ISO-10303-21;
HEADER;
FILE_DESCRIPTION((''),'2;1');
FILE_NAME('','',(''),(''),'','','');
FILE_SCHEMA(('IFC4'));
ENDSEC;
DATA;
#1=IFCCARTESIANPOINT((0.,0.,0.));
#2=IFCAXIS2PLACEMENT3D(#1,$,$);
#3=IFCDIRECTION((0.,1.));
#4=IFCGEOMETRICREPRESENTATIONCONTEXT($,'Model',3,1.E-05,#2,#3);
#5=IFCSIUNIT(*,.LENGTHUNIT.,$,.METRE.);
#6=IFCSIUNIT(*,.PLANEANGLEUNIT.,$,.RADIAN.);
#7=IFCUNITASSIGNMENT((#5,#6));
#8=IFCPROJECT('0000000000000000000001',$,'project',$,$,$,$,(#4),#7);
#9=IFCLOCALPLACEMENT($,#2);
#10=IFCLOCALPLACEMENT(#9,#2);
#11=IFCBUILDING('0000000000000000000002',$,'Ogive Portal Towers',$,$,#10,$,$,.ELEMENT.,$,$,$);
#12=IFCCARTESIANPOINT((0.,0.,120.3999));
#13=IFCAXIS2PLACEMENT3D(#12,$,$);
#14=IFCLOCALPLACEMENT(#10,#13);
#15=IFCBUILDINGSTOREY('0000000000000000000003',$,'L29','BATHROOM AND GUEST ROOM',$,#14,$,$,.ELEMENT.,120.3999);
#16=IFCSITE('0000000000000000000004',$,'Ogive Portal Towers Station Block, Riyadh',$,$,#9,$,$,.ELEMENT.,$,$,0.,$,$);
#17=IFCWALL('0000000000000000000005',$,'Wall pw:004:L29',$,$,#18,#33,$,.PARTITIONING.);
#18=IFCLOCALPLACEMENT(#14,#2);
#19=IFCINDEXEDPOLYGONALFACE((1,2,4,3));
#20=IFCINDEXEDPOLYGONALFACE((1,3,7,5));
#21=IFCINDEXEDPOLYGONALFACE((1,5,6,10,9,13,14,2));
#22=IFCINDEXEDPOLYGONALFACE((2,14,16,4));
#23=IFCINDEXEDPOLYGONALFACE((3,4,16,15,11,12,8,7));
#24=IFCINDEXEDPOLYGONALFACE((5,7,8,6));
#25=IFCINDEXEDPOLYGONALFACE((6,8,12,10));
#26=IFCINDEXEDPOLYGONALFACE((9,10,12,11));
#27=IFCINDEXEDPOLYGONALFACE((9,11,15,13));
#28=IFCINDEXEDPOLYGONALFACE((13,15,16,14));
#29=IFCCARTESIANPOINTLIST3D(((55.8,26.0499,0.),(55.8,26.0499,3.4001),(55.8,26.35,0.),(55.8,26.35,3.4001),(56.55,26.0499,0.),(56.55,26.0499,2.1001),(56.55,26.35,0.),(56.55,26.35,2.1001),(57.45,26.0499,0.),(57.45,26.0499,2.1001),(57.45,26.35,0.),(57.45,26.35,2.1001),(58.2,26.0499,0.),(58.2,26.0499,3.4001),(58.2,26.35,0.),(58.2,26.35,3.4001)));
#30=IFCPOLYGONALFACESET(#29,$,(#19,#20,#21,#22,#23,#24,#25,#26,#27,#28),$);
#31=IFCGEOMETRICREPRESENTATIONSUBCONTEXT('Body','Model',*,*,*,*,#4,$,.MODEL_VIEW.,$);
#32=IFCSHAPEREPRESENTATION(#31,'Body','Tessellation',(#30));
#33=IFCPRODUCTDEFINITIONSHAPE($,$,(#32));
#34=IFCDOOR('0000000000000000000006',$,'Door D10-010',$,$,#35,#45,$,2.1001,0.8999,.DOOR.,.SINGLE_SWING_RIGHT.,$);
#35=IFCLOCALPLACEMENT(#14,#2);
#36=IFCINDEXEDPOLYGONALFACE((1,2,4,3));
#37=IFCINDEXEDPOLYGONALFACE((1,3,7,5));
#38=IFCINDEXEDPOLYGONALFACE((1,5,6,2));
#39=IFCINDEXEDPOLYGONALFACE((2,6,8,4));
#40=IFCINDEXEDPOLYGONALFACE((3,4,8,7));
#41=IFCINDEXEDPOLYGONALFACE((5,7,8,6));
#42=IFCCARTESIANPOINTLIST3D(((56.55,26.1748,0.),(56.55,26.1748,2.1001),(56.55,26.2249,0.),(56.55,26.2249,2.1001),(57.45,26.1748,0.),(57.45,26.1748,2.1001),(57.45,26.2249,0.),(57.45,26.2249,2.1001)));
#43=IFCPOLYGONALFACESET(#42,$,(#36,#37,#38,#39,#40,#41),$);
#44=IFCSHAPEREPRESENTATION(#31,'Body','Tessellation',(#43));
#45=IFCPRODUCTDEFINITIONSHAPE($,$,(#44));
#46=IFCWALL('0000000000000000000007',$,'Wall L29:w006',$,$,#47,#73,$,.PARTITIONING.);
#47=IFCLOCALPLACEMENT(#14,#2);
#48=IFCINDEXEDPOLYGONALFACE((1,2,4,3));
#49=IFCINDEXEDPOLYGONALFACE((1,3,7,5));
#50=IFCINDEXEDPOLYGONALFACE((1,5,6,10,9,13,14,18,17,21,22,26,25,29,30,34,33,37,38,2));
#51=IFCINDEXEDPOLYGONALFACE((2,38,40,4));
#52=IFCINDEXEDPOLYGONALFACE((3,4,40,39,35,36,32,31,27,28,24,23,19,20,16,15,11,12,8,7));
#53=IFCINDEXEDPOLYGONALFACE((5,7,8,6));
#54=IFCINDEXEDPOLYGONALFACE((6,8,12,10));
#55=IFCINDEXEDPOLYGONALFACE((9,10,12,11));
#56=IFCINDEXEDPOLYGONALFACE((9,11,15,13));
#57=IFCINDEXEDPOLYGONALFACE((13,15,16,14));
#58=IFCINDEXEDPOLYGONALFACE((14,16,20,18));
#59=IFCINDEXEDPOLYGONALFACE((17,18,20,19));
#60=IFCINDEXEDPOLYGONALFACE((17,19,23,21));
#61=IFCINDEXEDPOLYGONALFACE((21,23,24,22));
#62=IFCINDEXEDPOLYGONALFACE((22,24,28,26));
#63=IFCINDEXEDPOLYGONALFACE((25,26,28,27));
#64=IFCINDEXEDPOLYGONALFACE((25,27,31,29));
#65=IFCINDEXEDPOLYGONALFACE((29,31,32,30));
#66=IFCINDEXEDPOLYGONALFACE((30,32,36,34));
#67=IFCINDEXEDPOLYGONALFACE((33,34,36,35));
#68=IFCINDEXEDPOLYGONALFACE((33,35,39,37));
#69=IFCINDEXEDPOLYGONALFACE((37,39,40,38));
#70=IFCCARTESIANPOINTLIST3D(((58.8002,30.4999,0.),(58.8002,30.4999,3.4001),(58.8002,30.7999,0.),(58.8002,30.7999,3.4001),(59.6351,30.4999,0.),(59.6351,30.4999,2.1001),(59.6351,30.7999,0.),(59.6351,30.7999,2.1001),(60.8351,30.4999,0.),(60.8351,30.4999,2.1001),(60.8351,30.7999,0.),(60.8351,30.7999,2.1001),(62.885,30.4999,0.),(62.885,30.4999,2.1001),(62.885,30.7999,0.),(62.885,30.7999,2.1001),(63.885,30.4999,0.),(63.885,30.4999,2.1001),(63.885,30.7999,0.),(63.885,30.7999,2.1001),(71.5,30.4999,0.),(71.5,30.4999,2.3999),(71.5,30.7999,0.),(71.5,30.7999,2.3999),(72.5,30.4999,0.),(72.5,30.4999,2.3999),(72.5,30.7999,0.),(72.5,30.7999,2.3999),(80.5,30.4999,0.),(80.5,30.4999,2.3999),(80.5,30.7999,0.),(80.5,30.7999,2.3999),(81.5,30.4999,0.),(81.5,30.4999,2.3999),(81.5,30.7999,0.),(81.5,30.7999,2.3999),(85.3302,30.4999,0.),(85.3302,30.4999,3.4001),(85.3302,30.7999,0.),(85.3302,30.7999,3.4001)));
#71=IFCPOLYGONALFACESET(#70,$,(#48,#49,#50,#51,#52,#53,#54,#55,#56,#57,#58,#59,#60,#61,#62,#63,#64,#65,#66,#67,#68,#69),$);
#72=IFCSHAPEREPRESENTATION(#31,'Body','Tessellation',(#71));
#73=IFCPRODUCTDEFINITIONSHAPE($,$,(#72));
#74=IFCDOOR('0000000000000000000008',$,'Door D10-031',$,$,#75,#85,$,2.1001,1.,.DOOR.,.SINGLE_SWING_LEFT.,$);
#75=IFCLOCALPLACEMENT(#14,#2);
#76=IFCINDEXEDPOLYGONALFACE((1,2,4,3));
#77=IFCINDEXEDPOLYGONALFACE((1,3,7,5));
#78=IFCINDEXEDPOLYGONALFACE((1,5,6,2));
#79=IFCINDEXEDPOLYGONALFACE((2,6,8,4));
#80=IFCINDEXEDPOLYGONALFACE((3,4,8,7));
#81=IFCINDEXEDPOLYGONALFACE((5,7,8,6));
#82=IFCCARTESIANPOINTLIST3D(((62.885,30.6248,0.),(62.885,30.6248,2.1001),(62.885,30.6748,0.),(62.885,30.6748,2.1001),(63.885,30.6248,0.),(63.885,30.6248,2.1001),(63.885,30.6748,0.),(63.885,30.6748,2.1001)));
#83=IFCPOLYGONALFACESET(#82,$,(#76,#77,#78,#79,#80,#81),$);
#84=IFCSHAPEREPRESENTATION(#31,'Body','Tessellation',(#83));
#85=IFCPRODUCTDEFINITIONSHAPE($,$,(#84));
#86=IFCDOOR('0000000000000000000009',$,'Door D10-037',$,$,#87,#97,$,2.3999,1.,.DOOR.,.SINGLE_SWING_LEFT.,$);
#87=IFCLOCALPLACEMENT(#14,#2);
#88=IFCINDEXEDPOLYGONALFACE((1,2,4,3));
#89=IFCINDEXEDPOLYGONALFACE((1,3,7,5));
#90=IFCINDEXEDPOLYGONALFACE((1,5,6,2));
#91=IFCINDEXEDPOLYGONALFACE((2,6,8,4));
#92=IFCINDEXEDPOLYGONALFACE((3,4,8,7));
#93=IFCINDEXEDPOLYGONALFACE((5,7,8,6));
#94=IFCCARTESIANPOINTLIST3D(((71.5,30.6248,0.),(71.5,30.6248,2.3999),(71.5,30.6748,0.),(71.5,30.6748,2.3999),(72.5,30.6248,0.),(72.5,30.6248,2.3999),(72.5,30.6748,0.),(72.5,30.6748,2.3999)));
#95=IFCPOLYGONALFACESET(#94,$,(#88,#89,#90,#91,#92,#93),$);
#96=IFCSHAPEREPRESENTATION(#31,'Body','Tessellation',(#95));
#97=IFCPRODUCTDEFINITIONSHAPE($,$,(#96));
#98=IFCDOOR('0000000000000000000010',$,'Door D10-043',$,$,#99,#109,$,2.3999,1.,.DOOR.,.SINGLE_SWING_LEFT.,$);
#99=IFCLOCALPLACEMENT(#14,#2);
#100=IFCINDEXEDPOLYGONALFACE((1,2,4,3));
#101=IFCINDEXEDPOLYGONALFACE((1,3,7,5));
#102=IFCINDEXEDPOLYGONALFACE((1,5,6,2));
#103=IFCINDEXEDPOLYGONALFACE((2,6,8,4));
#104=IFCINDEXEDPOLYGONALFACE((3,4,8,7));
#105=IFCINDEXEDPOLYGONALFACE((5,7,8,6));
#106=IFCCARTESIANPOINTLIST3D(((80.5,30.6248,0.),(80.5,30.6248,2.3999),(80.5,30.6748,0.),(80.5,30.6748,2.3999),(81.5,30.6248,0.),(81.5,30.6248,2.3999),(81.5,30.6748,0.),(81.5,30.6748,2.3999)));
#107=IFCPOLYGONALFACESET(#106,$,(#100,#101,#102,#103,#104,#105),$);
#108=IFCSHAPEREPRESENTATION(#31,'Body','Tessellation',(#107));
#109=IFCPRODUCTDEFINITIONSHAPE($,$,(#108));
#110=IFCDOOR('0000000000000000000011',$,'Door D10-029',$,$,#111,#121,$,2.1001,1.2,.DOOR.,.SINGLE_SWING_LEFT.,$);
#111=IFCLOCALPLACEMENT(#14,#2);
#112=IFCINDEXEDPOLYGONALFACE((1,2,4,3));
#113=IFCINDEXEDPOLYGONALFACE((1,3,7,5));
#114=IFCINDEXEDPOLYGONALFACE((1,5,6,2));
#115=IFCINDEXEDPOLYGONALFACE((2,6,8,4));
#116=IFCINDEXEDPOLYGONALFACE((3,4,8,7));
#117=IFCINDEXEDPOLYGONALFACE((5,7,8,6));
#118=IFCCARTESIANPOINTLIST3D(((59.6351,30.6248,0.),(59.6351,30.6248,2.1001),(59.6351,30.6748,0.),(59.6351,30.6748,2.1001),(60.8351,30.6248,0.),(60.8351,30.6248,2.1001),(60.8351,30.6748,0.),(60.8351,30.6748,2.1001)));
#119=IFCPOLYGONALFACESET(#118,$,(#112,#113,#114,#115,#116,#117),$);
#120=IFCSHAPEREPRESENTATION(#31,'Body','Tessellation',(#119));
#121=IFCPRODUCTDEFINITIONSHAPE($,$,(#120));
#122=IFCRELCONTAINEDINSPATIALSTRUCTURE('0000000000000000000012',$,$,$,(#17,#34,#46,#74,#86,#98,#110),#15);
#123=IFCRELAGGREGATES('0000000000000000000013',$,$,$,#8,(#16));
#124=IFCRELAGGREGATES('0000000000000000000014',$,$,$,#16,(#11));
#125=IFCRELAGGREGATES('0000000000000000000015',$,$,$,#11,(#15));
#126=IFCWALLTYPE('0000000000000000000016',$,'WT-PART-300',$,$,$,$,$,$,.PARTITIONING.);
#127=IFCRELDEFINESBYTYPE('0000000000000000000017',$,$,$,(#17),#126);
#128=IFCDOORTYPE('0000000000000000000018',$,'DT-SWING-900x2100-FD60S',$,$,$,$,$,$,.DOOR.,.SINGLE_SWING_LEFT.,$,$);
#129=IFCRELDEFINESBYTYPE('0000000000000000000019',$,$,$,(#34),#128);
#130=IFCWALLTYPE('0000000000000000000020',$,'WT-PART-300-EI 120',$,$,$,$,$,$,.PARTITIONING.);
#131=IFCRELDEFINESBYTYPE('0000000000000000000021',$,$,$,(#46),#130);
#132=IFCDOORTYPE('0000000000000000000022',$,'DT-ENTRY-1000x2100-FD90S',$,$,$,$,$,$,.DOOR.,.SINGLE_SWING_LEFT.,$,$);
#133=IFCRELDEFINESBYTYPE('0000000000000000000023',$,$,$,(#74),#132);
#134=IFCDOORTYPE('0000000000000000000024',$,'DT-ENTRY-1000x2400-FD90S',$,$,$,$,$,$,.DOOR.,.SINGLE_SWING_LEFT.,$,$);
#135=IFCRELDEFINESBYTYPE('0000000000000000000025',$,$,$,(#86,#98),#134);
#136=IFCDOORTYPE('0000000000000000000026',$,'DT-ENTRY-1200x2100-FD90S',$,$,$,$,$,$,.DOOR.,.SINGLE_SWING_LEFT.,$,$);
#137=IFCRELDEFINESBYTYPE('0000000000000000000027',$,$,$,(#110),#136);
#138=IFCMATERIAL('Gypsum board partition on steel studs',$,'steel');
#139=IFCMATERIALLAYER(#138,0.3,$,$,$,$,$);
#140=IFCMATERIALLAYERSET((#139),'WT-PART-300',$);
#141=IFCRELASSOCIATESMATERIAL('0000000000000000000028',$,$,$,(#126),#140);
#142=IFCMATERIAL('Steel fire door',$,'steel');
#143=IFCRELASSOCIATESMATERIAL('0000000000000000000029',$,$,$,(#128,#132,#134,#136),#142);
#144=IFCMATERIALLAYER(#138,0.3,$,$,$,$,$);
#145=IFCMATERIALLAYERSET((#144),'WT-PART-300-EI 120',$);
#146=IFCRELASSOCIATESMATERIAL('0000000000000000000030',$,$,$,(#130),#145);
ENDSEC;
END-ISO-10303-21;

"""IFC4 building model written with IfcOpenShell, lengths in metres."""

from ifc_helpers import new_model, si_unit, direction, frame, frame_2d, origin, place, context, subcontext, project, spatial, rectangle, extrude, material, layer, layer_set, type_object, element, fill, save


model = new_model("IFC4")

# Units and contexts
model_context = context("Model", 3, precision=1e-05, world=origin(), true_north=direction((0.0, 1.0)))
body_context = subcontext(model_context, "Body", "Model", "MODEL_VIEW")
ifc_project = project(units=[si_unit("LENGTHUNIT", "METRE"), si_unit("PLANEANGLEUNIT", "RADIAN")], contexts=[model_context])

# Site, building, storey
site_placement = place(None, origin())
site = spatial("IfcSite", under=ifc_project, at=site_placement, Name="Ogive Portal Towers Station Block, Riyadh", CompositionType="ELEMENT", RefElevation=0.0)
building_placement = place(site_placement, origin())
building = spatial("IfcBuilding", under=site, at=building_placement, Name="Ogive Portal Towers", CompositionType="ELEMENT")
storey_placement = place(building_placement, frame((0.0, 0.0, 120.3999)))
storey = spatial("IfcBuildingStorey", under=building, at=storey_placement, Name="L29", Description="BATHROOM AND GUEST ROOM", CompositionType="ELEMENT", Elevation=120.3999)

# Wall, opening, door
ifc_material_1 = material(Name="Gypsum board partition on steel studs", Category="steel")
ifc_layer_1 = layer(ifc_material_1, 0.3)
ifc_layer_set_1 = layer_set([ifc_layer_1], Name="WT-PART-300")
wall_type_1 = type_object("IfcWallType", Name="WT-PART-300", PredefinedType="PARTITIONING", material=ifc_layer_set_1)
wall_1_placement = place(storey_placement, frame((55.8, 26.2, 0.0), z_axis=(0.0, 0.0, 1.0), x_axis=(1.0, 0.0, 0.0)))
wall_1 = element("IfcWall", 1, at=wall_1_placement, inside=storey, type_object=wall_type_1, Name="Wall pw:004:L29", PredefinedType="PARTITIONING", context=body_context, shape_type="SweptSolid", body=[
    extrude(rectangle(XDim=2.3999, YDim=0.3, at=frame_2d((1.2, 0.0))), origin(), (0.0, 0.0, 1.0), 3.4001),
])
opening_1_placement = place(wall_1_placement, frame((0.75, 0.0, 0.0)))
opening_1 = element("IfcOpeningElement", 2, at=opening_1_placement, cuts=wall_1, PredefinedType="OPENING", context=body_context, shape_type="SweptSolid", body=[
    extrude(rectangle(XDim=0.8999, YDim=2.1001, at=frame_2d((0.45, 1.05))), frame((0.0, 0.1602, 0.0), z_axis=(0.0, -1.0, 0.0), x_axis=(1.0, 0.0, 0.0)), (0.0, 0.0, 1.0), 0.3201),
])
ifc_material_2 = material(Name="Steel fire door", Category="steel")
door_type_1 = type_object("IfcDoorType", Name="DT-SWING-900x2100-FD60S", OperationType="SINGLE_SWING_LEFT", PredefinedType="DOOR", material=ifc_material_2)
door_1_placement = place(opening_1_placement, origin())
door_1 = element("IfcDoor", 3, at=door_1_placement, inside=storey, type_object=door_type_1, Name="Door D10-010", OperationType="SINGLE_SWING_RIGHT", OverallHeight=2.1001, OverallWidth=0.8999, PredefinedType="DOOR", context=body_context, shape_type="SweptSolid", body=[
    extrude(rectangle(XDim=0.8999, YDim=2.1001, at=frame_2d((0.45, 1.05))), frame((0.0, 0.0249, 0.0), z_axis=(0.0, -1.0, 0.0), x_axis=(1.0, 0.0, 0.0)), (0.0, 0.0, 1.0), 0.05),
])
fill(opening_1, door_1)

# Wall, openings, doors
ifc_layer_2 = layer(ifc_material_1, 0.3)
ifc_layer_set_2 = layer_set([ifc_layer_2], Name="WT-PART-300-EI 120")
wall_type_2 = type_object("IfcWallType", Name="WT-PART-300-EI 120", PredefinedType="PARTITIONING", material=ifc_layer_set_2)
wall_2_placement = place(storey_placement, frame((58.8, 30.6499, 0.0), z_axis=(0.0, 0.0, 1.0), x_axis=(1.0, 0.0, 0.0)))
wall_2 = element("IfcWall", 4, at=wall_2_placement, inside=storey, type_object=wall_type_2, Name="Wall L29:w006", PredefinedType="PARTITIONING", context=body_context, shape_type="SweptSolid", body=[
    extrude(rectangle(XDim=26.53, YDim=0.3, at=frame_2d((13.2651, 0.0))), origin(), (0.0, 0.0, 1.0), 3.4001),
])
opening_2_placement = place(wall_2_placement, frame((0.835, 0.0, 0.0)))
opening_2 = element("IfcOpeningElement", 5, at=opening_2_placement, cuts=wall_2, PredefinedType="OPENING", context=body_context, shape_type="SweptSolid", body=[
    extrude(rectangle(XDim=1.2, YDim=2.1001, at=frame_2d((0.6001, 1.05))), frame((0.0, 0.1602, 0.0), z_axis=(0.0, -1.0, 0.0), x_axis=(1.0, 0.0, 0.0)), (0.0, 0.0, 1.0), 0.3201),
])
opening_3_placement = place(wall_2_placement, frame((4.085, 0.0, 0.0)))
opening_3 = element("IfcOpeningElement", 6, at=opening_3_placement, cuts=wall_2, PredefinedType="OPENING", context=body_context, shape_type="SweptSolid", body=[
    extrude(rectangle(XDim=1.0, YDim=2.1001, at=frame_2d((0.5, 1.05))), frame((0.0, 0.1602, 0.0), z_axis=(0.0, -1.0, 0.0), x_axis=(1.0, 0.0, 0.0)), (0.0, 0.0, 1.0), 0.3201),
])
opening_4_placement = place(wall_2_placement, frame((12.7, 0.0, 0.0)))
opening_4 = element("IfcOpeningElement", 7, at=opening_4_placement, cuts=wall_2, PredefinedType="OPENING", context=body_context, shape_type="SweptSolid", body=[
    extrude(rectangle(XDim=1.0, YDim=2.3999, at=frame_2d((0.5, 1.2))), frame((0.0, 0.1602, 0.0), z_axis=(0.0, -1.0, 0.0), x_axis=(1.0, 0.0, 0.0)), (0.0, 0.0, 1.0), 0.3201),
])
opening_5_placement = place(wall_2_placement, frame((21.7, 0.0, 0.0)))
opening_5 = element("IfcOpeningElement", 8, at=opening_5_placement, cuts=wall_2, PredefinedType="OPENING", context=body_context, shape_type="SweptSolid", body=[
    extrude(rectangle(XDim=1.0, YDim=2.3999, at=frame_2d((0.5, 1.2))), frame((0.0, 0.1602, 0.0), z_axis=(0.0, -1.0, 0.0), x_axis=(1.0, 0.0, 0.0)), (0.0, 0.0, 1.0), 0.3201),
])
door_type_2 = type_object("IfcDoorType", Name="DT-ENTRY-1000x2100-FD90S", OperationType="SINGLE_SWING_LEFT", PredefinedType="DOOR", material=ifc_material_2)
door_2_placement = place(opening_3_placement, origin())
door_2 = element("IfcDoor", 9, at=door_2_placement, inside=storey, type_object=door_type_2, Name="Door D10-031", OperationType="SINGLE_SWING_LEFT", OverallHeight=2.1001, OverallWidth=1.0, PredefinedType="DOOR", context=body_context, shape_type="SweptSolid", body=[
    extrude(rectangle(XDim=1.0, YDim=2.1001, at=frame_2d((0.5, 1.05))), frame((0.0, 0.0249, 0.0), z_axis=(0.0, -1.0, 0.0), x_axis=(1.0, 0.0, 0.0)), (0.0, 0.0, 1.0), 0.05),
])
fill(opening_3, door_2)
door_type_3 = type_object("IfcDoorType", Name="DT-ENTRY-1000x2400-FD90S", OperationType="SINGLE_SWING_LEFT", PredefinedType="DOOR", material=ifc_material_2)
door_3_placement = place(opening_4_placement, origin())
door_3 = element("IfcDoor", 10, at=door_3_placement, inside=storey, type_object=door_type_3, Name="Door D10-037", OperationType="SINGLE_SWING_LEFT", OverallHeight=2.3999, OverallWidth=1.0, PredefinedType="DOOR", context=body_context, shape_type="SweptSolid", body=[
    extrude(rectangle(XDim=1.0, YDim=2.3999, at=frame_2d((0.5, 1.2))), frame((0.0, 0.0249, 0.0), z_axis=(0.0, -1.0, 0.0), x_axis=(1.0, 0.0, 0.0)), (0.0, 0.0, 1.0), 0.05),
])
fill(opening_4, door_3)
door_4_placement = place(opening_5_placement, origin())
door_4 = element("IfcDoor", 11, at=door_4_placement, inside=storey, type_object=door_type_3, Name="Door D10-043", OperationType="SINGLE_SWING_LEFT", OverallHeight=2.3999, OverallWidth=1.0, PredefinedType="DOOR", context=body_context, shape_type="SweptSolid", body=[
    extrude(rectangle(XDim=1.0, YDim=2.3999, at=frame_2d((0.5, 1.2))), frame((0.0, 0.0249, 0.0), z_axis=(0.0, -1.0, 0.0), x_axis=(1.0, 0.0, 0.0)), (0.0, 0.0, 1.0), 0.05),
])
fill(opening_5, door_4)
door_type_4 = type_object("IfcDoorType", Name="DT-ENTRY-1200x2100-FD90S", OperationType="SINGLE_SWING_LEFT", PredefinedType="DOOR", material=ifc_material_2)
door_5_placement = place(opening_2_placement, origin())
door_5 = element("IfcDoor", 12, at=door_5_placement, inside=storey, type_object=door_type_4, Name="Door D10-029", OperationType="SINGLE_SWING_LEFT", OverallHeight=2.1001, OverallWidth=1.2, PredefinedType="DOOR", context=body_context, shape_type="SweptSolid", body=[
    extrude(rectangle(XDim=1.2, YDim=2.1001, at=frame_2d((0.6001, 1.05))), frame((0.0, 0.0249, 0.0), z_axis=(0.0, -1.0, 0.0), x_axis=(1.0, 0.0, 0.0)), (0.0, 0.0, 1.0), 0.05),
])
fill(opening_2, door_5)

save(model, "model.ifc")
